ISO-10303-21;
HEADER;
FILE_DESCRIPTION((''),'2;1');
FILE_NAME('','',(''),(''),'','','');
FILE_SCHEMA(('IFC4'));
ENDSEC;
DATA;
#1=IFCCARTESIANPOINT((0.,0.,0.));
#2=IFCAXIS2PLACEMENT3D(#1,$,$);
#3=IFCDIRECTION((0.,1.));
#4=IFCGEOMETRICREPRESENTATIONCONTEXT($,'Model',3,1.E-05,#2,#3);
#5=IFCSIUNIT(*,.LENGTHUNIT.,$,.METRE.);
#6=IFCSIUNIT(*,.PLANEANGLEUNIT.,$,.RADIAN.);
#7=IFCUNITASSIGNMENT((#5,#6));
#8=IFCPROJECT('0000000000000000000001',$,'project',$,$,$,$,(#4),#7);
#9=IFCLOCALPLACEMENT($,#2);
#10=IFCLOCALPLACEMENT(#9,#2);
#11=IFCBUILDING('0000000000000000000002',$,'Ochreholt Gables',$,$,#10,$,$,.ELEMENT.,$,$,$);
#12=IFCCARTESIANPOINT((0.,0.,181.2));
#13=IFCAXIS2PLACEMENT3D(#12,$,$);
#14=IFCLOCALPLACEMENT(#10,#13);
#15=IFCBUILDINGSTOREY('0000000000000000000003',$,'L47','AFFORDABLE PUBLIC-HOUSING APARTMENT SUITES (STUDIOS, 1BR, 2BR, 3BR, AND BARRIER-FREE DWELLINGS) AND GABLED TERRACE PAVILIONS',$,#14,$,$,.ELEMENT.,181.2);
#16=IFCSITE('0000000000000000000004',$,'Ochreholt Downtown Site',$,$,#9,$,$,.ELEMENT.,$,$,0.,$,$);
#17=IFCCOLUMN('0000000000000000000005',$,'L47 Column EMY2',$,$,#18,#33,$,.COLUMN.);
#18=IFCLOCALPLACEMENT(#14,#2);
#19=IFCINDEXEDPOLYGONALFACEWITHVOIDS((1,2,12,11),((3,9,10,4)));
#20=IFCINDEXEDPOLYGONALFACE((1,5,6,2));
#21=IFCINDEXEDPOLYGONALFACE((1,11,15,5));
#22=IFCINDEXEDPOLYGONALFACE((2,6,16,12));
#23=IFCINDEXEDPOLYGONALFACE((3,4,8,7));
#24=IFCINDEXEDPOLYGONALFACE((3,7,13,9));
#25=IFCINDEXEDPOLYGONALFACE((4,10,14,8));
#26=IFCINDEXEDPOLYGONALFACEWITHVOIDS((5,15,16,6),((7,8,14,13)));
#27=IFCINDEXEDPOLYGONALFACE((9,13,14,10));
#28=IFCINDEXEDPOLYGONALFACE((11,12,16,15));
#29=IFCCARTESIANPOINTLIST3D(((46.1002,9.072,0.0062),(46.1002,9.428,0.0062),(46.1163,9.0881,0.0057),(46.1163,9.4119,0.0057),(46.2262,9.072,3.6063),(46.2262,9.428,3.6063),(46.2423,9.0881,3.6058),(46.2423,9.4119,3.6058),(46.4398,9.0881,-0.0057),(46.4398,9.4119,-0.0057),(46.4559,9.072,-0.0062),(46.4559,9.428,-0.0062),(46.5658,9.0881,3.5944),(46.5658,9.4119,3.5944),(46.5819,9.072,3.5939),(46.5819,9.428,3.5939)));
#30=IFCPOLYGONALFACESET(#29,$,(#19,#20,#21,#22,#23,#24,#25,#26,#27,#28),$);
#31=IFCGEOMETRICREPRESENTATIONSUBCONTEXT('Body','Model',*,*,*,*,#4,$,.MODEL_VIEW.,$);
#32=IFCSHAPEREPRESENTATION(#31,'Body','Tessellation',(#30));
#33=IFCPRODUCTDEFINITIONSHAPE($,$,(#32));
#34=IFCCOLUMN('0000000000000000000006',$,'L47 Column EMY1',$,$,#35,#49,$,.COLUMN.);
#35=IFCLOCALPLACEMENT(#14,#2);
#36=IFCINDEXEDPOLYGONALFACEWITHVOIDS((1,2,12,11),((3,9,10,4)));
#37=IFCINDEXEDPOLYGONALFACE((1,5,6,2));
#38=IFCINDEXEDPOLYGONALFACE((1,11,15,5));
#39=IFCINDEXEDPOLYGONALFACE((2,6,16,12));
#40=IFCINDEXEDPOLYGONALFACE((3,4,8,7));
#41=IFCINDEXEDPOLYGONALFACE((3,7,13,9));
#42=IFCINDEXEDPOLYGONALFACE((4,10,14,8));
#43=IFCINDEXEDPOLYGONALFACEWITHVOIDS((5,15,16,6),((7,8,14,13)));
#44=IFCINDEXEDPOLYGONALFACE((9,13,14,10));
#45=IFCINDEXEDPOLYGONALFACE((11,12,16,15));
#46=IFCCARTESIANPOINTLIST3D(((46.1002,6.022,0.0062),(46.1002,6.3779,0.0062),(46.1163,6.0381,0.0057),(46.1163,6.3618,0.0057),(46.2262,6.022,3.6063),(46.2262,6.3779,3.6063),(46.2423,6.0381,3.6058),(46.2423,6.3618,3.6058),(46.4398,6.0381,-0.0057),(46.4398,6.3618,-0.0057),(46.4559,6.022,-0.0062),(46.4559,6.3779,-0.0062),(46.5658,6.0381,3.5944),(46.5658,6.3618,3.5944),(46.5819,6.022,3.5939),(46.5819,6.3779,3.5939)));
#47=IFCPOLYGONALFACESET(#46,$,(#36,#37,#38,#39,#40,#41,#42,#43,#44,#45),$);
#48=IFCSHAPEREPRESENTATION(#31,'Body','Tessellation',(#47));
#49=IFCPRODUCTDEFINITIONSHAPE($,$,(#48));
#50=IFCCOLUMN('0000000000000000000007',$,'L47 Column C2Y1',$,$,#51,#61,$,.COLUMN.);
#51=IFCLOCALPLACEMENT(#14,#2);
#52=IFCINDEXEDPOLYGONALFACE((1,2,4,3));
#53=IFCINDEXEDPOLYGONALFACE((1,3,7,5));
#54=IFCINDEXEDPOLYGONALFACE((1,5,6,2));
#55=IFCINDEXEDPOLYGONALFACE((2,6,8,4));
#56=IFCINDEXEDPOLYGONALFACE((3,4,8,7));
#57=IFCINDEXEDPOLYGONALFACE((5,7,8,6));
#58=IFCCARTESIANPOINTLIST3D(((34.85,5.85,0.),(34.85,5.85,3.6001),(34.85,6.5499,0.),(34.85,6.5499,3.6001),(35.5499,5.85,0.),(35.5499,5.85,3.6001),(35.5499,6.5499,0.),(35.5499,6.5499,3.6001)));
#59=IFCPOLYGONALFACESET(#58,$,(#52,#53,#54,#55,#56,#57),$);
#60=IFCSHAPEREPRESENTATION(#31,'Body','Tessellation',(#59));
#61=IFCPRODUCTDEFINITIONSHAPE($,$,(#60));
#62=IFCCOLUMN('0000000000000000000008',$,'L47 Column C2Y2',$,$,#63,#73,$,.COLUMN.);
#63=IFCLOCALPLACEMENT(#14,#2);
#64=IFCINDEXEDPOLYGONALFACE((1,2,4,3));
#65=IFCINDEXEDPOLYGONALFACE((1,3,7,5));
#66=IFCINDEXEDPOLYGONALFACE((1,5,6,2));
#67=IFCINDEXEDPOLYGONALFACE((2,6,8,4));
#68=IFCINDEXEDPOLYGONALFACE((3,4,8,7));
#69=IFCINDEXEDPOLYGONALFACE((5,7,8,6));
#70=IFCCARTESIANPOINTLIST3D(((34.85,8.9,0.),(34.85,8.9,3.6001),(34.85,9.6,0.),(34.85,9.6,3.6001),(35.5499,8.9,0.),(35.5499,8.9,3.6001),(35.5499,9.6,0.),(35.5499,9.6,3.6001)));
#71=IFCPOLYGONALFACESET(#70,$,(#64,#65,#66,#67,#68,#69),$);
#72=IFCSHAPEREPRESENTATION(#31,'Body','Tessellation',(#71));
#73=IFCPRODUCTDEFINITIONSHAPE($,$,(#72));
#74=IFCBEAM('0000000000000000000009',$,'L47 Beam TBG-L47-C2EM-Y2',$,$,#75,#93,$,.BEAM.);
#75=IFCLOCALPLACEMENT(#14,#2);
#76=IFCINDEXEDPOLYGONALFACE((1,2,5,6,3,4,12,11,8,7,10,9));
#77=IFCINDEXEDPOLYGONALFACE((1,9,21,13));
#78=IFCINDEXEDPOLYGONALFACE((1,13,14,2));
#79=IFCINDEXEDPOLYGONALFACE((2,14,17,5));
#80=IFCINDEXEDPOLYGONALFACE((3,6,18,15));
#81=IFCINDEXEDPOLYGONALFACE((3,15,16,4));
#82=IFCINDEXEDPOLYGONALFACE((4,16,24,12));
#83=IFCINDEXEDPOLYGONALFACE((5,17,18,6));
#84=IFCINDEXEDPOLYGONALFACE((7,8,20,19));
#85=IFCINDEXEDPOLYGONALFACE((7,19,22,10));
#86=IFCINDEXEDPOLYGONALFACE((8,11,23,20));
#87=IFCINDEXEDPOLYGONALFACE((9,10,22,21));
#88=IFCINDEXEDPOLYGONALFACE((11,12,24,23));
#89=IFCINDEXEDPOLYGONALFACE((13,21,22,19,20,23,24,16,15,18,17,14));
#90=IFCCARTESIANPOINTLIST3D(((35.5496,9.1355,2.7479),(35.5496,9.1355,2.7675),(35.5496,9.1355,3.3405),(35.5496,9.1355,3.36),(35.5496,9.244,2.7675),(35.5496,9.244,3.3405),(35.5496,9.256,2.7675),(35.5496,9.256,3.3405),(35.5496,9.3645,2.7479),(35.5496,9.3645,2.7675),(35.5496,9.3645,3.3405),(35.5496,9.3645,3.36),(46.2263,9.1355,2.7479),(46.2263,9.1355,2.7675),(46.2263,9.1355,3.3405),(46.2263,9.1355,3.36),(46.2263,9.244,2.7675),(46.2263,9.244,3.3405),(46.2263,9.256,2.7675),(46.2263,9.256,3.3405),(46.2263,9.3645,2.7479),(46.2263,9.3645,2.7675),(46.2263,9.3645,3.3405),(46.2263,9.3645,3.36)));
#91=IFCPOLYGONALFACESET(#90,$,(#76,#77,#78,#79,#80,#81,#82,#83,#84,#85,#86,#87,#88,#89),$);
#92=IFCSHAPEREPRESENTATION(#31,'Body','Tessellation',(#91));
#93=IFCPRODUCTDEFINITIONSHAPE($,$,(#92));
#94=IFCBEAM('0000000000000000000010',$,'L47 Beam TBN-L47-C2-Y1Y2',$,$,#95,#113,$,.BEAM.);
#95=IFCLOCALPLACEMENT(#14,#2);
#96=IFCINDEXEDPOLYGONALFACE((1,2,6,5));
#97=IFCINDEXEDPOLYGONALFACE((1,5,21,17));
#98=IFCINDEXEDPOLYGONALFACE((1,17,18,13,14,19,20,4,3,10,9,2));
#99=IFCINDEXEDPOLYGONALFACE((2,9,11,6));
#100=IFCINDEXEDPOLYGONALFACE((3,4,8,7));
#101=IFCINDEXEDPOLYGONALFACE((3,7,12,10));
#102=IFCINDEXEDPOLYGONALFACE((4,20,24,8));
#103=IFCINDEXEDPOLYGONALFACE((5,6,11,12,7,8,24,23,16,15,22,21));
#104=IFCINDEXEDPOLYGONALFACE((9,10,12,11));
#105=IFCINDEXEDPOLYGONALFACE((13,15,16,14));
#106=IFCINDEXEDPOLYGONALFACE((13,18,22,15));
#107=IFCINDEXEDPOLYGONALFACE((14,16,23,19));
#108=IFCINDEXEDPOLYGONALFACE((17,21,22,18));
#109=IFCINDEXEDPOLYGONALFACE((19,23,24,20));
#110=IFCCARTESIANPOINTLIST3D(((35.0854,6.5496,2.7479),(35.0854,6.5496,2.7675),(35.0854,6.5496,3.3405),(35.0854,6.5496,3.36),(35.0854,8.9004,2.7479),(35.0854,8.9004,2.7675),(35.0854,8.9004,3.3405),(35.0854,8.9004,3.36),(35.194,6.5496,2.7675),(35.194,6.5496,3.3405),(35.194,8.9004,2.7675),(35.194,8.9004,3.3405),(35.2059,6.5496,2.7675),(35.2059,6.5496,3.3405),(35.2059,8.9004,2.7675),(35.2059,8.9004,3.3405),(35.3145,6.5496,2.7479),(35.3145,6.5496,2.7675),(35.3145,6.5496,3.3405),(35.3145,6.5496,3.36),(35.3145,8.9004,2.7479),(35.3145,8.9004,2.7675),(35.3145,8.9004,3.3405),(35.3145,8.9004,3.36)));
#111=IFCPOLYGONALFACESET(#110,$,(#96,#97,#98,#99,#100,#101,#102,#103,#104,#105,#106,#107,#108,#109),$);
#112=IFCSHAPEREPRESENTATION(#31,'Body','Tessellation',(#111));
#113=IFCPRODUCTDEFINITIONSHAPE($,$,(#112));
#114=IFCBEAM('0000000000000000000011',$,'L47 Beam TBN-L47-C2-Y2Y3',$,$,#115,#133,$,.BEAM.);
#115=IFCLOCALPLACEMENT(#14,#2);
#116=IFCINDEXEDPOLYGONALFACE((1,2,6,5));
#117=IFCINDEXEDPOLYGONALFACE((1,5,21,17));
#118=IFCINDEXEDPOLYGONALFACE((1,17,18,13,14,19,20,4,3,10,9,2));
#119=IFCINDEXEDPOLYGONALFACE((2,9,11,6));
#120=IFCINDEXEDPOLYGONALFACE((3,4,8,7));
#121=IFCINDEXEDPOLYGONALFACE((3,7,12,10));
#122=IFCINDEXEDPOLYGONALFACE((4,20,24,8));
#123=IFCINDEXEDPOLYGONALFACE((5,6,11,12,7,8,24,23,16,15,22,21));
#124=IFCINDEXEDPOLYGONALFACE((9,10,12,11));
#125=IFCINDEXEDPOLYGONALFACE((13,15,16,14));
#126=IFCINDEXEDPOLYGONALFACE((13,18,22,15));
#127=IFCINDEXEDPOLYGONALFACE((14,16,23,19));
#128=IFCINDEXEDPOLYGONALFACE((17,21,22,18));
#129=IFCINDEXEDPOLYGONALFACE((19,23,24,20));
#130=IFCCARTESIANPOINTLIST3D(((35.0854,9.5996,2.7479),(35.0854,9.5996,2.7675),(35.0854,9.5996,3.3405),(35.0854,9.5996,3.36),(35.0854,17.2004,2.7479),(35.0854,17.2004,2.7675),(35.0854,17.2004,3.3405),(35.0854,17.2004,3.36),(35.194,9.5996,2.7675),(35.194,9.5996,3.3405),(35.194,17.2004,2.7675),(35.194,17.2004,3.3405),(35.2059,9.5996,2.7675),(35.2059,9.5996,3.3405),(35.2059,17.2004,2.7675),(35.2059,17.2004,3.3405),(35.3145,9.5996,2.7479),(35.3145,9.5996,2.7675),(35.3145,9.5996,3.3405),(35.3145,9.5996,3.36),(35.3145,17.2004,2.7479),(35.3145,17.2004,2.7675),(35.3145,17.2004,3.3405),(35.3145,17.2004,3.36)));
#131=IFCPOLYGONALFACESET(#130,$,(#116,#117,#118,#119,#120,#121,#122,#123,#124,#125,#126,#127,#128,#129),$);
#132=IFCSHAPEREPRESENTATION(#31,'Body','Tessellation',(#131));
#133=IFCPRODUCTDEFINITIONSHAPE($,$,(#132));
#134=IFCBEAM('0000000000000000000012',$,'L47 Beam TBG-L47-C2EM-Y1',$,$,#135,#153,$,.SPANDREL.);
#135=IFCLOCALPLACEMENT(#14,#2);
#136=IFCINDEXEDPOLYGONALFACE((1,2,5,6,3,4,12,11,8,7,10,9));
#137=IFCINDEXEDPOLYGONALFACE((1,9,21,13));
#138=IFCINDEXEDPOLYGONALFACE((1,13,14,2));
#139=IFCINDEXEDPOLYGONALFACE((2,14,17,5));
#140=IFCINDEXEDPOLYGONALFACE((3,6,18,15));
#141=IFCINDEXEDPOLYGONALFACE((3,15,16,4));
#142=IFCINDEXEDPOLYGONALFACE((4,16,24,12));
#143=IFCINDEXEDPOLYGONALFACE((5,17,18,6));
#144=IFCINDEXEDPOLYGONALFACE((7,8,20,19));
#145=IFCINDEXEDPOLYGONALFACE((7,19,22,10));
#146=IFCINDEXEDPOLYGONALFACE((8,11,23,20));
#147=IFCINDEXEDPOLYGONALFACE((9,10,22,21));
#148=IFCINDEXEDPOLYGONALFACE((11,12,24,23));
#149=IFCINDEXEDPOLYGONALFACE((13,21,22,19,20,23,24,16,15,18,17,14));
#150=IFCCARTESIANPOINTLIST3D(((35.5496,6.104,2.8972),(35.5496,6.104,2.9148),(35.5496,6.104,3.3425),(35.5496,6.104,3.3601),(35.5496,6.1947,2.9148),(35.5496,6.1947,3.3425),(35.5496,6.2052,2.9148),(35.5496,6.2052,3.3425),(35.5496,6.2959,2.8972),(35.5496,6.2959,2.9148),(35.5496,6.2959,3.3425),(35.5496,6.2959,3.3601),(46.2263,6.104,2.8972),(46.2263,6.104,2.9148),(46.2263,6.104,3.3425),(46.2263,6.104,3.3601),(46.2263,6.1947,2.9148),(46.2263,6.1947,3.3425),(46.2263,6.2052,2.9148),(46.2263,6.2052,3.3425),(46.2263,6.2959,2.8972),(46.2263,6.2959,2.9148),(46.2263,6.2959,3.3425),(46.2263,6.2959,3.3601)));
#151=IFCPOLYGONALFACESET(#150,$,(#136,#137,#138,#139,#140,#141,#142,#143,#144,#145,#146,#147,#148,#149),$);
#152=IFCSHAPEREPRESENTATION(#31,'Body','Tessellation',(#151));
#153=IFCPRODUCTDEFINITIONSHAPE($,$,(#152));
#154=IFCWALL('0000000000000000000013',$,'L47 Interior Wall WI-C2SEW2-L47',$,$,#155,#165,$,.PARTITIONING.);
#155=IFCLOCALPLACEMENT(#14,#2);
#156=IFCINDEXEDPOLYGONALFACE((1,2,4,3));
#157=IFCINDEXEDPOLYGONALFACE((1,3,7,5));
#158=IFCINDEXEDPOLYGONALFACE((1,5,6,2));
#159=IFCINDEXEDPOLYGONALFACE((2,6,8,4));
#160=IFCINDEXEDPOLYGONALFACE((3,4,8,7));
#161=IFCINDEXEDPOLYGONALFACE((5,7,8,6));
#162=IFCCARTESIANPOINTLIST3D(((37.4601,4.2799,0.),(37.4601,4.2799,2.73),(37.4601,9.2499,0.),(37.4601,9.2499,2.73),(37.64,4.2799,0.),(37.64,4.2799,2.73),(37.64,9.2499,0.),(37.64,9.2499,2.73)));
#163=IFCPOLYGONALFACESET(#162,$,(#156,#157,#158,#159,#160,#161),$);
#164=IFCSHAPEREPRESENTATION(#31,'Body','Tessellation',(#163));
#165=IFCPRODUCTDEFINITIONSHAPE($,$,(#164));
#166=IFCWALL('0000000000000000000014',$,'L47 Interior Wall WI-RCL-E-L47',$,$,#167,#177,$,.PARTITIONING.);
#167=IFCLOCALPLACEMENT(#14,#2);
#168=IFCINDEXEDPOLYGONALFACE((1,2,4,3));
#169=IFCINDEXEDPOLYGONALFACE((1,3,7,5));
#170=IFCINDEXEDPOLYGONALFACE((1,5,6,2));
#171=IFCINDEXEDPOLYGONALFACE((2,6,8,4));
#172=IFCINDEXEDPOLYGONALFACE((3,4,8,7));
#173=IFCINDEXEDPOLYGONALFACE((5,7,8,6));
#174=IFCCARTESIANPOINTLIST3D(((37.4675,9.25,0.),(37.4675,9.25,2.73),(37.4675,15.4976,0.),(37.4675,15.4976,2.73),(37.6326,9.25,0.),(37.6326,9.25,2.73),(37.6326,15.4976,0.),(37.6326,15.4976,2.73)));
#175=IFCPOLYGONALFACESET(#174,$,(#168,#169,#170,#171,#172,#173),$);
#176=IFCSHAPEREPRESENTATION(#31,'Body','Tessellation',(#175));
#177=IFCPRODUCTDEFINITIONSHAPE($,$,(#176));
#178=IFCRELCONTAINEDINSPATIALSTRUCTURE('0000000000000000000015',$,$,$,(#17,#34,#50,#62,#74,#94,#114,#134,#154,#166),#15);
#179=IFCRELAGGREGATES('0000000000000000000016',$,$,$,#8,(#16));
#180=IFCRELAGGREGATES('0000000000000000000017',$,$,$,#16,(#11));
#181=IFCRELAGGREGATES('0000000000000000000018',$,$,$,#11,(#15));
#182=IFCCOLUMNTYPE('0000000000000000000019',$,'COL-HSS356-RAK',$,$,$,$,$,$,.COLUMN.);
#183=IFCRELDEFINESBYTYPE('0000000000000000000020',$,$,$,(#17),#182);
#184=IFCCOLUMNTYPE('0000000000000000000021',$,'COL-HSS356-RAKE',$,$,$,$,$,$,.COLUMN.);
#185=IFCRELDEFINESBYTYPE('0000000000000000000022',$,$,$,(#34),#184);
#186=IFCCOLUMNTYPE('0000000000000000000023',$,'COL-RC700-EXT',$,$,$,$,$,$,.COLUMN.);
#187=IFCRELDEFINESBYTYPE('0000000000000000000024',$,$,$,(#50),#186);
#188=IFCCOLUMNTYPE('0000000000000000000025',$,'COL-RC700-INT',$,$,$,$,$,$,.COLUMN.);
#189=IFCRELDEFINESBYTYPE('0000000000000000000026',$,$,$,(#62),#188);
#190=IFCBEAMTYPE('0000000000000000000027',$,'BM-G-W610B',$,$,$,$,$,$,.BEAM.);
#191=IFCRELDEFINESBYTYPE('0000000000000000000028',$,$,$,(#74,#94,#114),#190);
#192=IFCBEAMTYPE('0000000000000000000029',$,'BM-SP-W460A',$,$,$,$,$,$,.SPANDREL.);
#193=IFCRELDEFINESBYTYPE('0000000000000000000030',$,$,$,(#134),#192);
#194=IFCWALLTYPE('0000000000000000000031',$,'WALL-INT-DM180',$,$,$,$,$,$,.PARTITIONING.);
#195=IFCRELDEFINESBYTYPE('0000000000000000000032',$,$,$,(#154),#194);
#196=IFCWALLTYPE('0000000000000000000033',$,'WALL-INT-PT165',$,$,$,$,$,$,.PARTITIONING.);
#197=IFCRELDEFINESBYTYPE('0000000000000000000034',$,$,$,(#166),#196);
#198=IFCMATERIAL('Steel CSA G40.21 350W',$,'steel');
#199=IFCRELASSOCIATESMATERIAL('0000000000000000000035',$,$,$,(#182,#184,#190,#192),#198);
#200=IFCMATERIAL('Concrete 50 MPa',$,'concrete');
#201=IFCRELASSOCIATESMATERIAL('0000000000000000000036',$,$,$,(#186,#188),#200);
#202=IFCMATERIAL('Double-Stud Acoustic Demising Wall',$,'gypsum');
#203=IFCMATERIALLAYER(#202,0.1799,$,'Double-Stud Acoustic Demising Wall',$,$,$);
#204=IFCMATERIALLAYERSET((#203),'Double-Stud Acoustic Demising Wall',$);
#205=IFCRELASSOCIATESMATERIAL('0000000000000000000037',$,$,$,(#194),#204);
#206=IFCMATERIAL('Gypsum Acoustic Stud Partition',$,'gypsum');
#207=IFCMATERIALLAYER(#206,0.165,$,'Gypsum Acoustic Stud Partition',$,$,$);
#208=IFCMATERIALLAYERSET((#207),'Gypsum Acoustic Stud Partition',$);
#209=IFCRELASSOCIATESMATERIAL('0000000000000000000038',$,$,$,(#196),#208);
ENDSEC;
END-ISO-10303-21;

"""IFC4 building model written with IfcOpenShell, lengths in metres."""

from ifc_helpers import new_model, si_unit, direction, frame, frame_2d, origin, origin_2d, place, context, subcontext, project, spatial, rectangle, hollow_rectangle, i_section, extrude, material, layer, layer_set, material_profile, profile_set, type_object, element, save


model = new_model("IFC4")

# Units and contexts
model_context = context("Model", 3, precision=1e-05, world=origin(), true_north=direction((0.0, 1.0)))
body_context = subcontext(model_context, "Body", "Model", "MODEL_VIEW")
ifc_project = project(units=[si_unit("LENGTHUNIT", "METRE"), si_unit("PLANEANGLEUNIT", "RADIAN")], contexts=[model_context])

# Site, building, storey
site_placement = place(None, origin())
site = spatial("IfcSite", under=ifc_project, at=site_placement, Name="Ochreholt Downtown Site", CompositionType="ELEMENT", RefElevation=0.0)
building_placement = place(site_placement, origin())
building = spatial("IfcBuilding", under=site, at=building_placement, Name="Ochreholt Gables", CompositionType="ELEMENT")
storey_placement = place(building_placement, frame((0.0, 0.0, 181.2)))
storey = spatial("IfcBuildingStorey", under=building, at=storey_placement, Name="L47", Description="AFFORDABLE PUBLIC-HOUSING APARTMENT SUITES (STUDIOS, 1BR, 2BR, 3BR, AND BARRIER-FREE DWELLINGS) AND GABLED TERRACE PAVILIONS", CompositionType="ELEMENT", Elevation=181.2)

# Columns
ifc_material_1 = material(Name="Steel CSA G40.21 350W", Category="steel")
ifc_material_profile_1 = material_profile(ifc_material_1, hollow_rectangle(XDim=0.356, YDim=0.356, WallThickness=0.0161, at=origin_2d()), Name="HSS356X356X16")
ifc_profile_set_1 = profile_set([ifc_material_profile_1], Name="Steel CSA G40.21 350W")
column_type_1 = type_object("IfcColumnType", Name="COL-HSS356-RAK", PredefinedType="COLUMN", material=ifc_profile_set_1)
column_1_placement = place(storey_placement, frame((46.2781, 9.25, 0.0), z_axis=(0.034971, 0.0, 0.999388), x_axis=(0.0, 1.0, 0.0)))
element("IfcColumn", 1, at=column_1_placement, inside=storey, type_object=column_type_1, Name="L47 Column EMY2", PredefinedType="COLUMN", context=body_context, shape_type="SweptSolid", body=[
    extrude(hollow_rectangle(XDim=0.356, YDim=0.356, WallThickness=0.0161, at=origin_2d()), origin(), (0.0, 0.0, 1.0), 3.6023),
])
ifc_material_profile_2 = material_profile(ifc_material_1, hollow_rectangle(XDim=0.356, YDim=0.356, WallThickness=0.0161, at=origin_2d()), Name="HSS356X356X16")
ifc_profile_set_2 = profile_set([ifc_material_profile_2], Name="Steel CSA G40.21 350W")
column_type_2 = type_object("IfcColumnType", Name="COL-HSS356-RAKE", PredefinedType="COLUMN", material=ifc_profile_set_2)
column_2_placement = place(storey_placement, frame((46.2781, 6.2, 0.0), z_axis=(0.034971, 0.0, 0.999388), x_axis=(0.0, 1.0, 0.0)))
element("IfcColumn", 2, at=column_2_placement, inside=storey, type_object=column_type_2, Name="L47 Column EMY1", PredefinedType="COLUMN", context=body_context, shape_type="SweptSolid", body=[
    extrude(hollow_rectangle(XDim=0.356, YDim=0.356, WallThickness=0.0161, at=origin_2d()), origin(), (0.0, 0.0, 1.0), 3.6023),
])
ifc_material_2 = material(Name="Concrete 50 MPa", Category="concrete")
ifc_material_profile_3 = material_profile(ifc_material_2, rectangle(XDim=0.7, YDim=0.7, at=origin_2d()), Name="RC700X700")
ifc_profile_set_3 = profile_set([ifc_material_profile_3], Name="Concrete 50 MPa")
column_type_3 = type_object("IfcColumnType", Name="COL-RC700-EXT", PredefinedType="COLUMN", material=ifc_profile_set_3)
column_3_placement = place(storey_placement, frame((35.2, 6.2, 0.0), z_axis=(0.0, 0.0, 1.0), x_axis=(1.0, 0.0, 0.0)))
element("IfcColumn", 3, at=column_3_placement, inside=storey, type_object=column_type_3, Name="L47 Column C2Y1", PredefinedType="COLUMN", context=body_context, shape_type="SweptSolid", body=[
    extrude(rectangle(XDim=0.7, YDim=0.7, at=origin_2d()), origin(), (0.0, 0.0, 1.0), 3.6001),
])
ifc_material_profile_4 = material_profile(ifc_material_2, rectangle(XDim=0.7, YDim=0.7, at=origin_2d()), Name="RC700X700")
ifc_profile_set_4 = profile_set([ifc_material_profile_4], Name="Concrete 50 MPa")
column_type_4 = type_object("IfcColumnType", Name="COL-RC700-INT", PredefinedType="COLUMN", material=ifc_profile_set_4)
column_4_placement = place(storey_placement, frame((35.2, 9.25, 0.0), z_axis=(0.0, 0.0, 1.0), x_axis=(1.0, 0.0, 0.0)))
element("IfcColumn", 4, at=column_4_placement, inside=storey, type_object=column_type_4, Name="L47 Column C2Y2", PredefinedType="COLUMN", context=body_context, shape_type="SweptSolid", body=[
    extrude(rectangle(XDim=0.7, YDim=0.7, at=origin_2d()), origin(), (0.0, 0.0, 1.0), 3.6001),
])

# Beams
ifc_material_profile_5 = material_profile(ifc_material_1, i_section(OverallWidth=0.229, OverallDepth=0.6121, WebThickness=0.012, FlangeThickness=0.0195, at=origin_2d()), Name="W610X125")
ifc_profile_set_5 = profile_set([ifc_material_profile_5], Name="Steel CSA G40.21 350W")
beam_type_1 = type_object("IfcBeamType", Name="BM-G-W610B", PredefinedType="BEAM", material=ifc_profile_set_5)
beam_1_placement = place(storey_placement, frame((35.5496, 9.25, 3.054), z_axis=(1.0, 0.0, 0.0), x_axis=(0.0, 1.0, 0.0)))
element("IfcBeam", 5, at=beam_1_placement, inside=storey, type_object=beam_type_1, Name="L47 Beam TBG-L47-C2EM-Y2", PredefinedType="BEAM", context=body_context, shape_type="SweptSolid", body=[
    extrude(i_section(OverallWidth=0.229, OverallDepth=0.6121, WebThickness=0.012, FlangeThickness=0.0195, at=origin_2d()), origin(), (0.0, 0.0, 1.0), 10.6768),
])
beam_2_placement = place(storey_placement, frame((35.2, 6.5496, 3.054), z_axis=(0.0, 1.0, 0.0), x_axis=(-1.0, 0.0, 0.0)))
element("IfcBeam", 6, at=beam_2_placement, inside=storey, type_object=beam_type_1, Name="L47 Beam TBN-L47-C2-Y1Y2", PredefinedType="BEAM", context=body_context, shape_type="SweptSolid", body=[
    extrude(i_section(OverallWidth=0.229, OverallDepth=0.6121, WebThickness=0.012, FlangeThickness=0.0195, at=origin_2d()), origin(), (0.0, 0.0, 1.0), 2.3508),
])
beam_3_placement = place(storey_placement, frame((35.2, 9.5996, 3.054), z_axis=(0.0, 1.0, 0.0), x_axis=(-1.0, 0.0, 0.0)))
element("IfcBeam", 7, at=beam_3_placement, inside=storey, type_object=beam_type_1, Name="L47 Beam TBN-L47-C2-Y2Y3", PredefinedType="BEAM", context=body_context, shape_type="SweptSolid", body=[
    extrude(i_section(OverallWidth=0.229, OverallDepth=0.6121, WebThickness=0.012, FlangeThickness=0.0195, at=origin_2d()), origin(), (0.0, 0.0, 1.0), 7.6008),
])
ifc_material_profile_6 = material_profile(ifc_material_1, i_section(OverallWidth=0.1919, OverallDepth=0.4629, WebThickness=0.0105, FlangeThickness=0.0176, at=origin_2d()), Name="W460X89")
ifc_profile_set_6 = profile_set([ifc_material_profile_6], Name="Steel CSA G40.21 350W")
beam_type_2 = type_object("IfcBeamType", Name="BM-SP-W460A", PredefinedType="SPANDREL", material=ifc_profile_set_6)
beam_4_placement = place(storey_placement, frame((35.5496, 6.2, 3.1287), z_axis=(1.0, 0.0, 0.0), x_axis=(0.0, 1.0, 0.0)))
element("IfcBeam", 8, at=beam_4_placement, inside=storey, type_object=beam_type_2, Name="L47 Beam TBG-L47-C2EM-Y1", PredefinedType="SPANDREL", context=body_context, shape_type="SweptSolid", body=[
    extrude(i_section(OverallWidth=0.1919, OverallDepth=0.4629, WebThickness=0.0105, FlangeThickness=0.0176, at=origin_2d()), origin(), (0.0, 0.0, 1.0), 10.6768),
])

# Shared definitions
ifc_material_3 = material(Name="Double-Stud Acoustic Demising Wall", Category="gypsum")
ifc_layer_1 = layer(ifc_material_3, 0.1799, Name="Double-Stud Acoustic Demising Wall")
ifc_layer_set_1 = layer_set([ifc_layer_1], Name="Double-Stud Acoustic Demising Wall")
wall_type_1 = type_object("IfcWallType", Name="WALL-INT-DM180", PredefinedType="PARTITIONING", material=ifc_layer_set_1)

# Walls
wall_1_placement = place(storey_placement, frame((37.55, 4.28, 0.0), z_axis=(0.0, 0.0, 1.0), x_axis=(0.0, 1.0, 0.0)))
element("IfcWall", 9, at=wall_1_placement, inside=storey, type_object=wall_type_1, Name="L47 Interior Wall WI-C2SEW2-L47", PredefinedType="PARTITIONING", context=body_context, shape_type="SweptSolid", body=[
    extrude(rectangle(XDim=4.97, YDim=0.1799, at=frame_2d((2.4849, 0.0))), origin(), (0.0, 0.0, 1.0), 2.73),
])
ifc_material_4 = material(Name="Gypsum Acoustic Stud Partition", Category="gypsum")
ifc_layer_2 = layer(ifc_material_4, 0.165, Name="Gypsum Acoustic Stud Partition")
ifc_layer_set_2 = layer_set([ifc_layer_2], Name="Gypsum Acoustic Stud Partition")
wall_type_2 = type_object("IfcWallType", Name="WALL-INT-PT165", PredefinedType="PARTITIONING", material=ifc_layer_set_2)
wall_2_placement = place(storey_placement, frame((37.55, 9.25, 0.0), z_axis=(0.0, 0.0, 1.0), x_axis=(0.0, 1.0, 0.0)))
element("IfcWall", 10, at=wall_2_placement, inside=storey, type_object=wall_type_2, Name="L47 Interior Wall WI-RCL-E-L47", PredefinedType="PARTITIONING", context=body_context, shape_type="SweptSolid", body=[
    extrude(rectangle(XDim=6.2476, YDim=0.165, at=frame_2d((3.1238, 0.0))), origin(), (0.0, 0.0, 1.0), 2.73),
])

save(model, "model.ifc")
